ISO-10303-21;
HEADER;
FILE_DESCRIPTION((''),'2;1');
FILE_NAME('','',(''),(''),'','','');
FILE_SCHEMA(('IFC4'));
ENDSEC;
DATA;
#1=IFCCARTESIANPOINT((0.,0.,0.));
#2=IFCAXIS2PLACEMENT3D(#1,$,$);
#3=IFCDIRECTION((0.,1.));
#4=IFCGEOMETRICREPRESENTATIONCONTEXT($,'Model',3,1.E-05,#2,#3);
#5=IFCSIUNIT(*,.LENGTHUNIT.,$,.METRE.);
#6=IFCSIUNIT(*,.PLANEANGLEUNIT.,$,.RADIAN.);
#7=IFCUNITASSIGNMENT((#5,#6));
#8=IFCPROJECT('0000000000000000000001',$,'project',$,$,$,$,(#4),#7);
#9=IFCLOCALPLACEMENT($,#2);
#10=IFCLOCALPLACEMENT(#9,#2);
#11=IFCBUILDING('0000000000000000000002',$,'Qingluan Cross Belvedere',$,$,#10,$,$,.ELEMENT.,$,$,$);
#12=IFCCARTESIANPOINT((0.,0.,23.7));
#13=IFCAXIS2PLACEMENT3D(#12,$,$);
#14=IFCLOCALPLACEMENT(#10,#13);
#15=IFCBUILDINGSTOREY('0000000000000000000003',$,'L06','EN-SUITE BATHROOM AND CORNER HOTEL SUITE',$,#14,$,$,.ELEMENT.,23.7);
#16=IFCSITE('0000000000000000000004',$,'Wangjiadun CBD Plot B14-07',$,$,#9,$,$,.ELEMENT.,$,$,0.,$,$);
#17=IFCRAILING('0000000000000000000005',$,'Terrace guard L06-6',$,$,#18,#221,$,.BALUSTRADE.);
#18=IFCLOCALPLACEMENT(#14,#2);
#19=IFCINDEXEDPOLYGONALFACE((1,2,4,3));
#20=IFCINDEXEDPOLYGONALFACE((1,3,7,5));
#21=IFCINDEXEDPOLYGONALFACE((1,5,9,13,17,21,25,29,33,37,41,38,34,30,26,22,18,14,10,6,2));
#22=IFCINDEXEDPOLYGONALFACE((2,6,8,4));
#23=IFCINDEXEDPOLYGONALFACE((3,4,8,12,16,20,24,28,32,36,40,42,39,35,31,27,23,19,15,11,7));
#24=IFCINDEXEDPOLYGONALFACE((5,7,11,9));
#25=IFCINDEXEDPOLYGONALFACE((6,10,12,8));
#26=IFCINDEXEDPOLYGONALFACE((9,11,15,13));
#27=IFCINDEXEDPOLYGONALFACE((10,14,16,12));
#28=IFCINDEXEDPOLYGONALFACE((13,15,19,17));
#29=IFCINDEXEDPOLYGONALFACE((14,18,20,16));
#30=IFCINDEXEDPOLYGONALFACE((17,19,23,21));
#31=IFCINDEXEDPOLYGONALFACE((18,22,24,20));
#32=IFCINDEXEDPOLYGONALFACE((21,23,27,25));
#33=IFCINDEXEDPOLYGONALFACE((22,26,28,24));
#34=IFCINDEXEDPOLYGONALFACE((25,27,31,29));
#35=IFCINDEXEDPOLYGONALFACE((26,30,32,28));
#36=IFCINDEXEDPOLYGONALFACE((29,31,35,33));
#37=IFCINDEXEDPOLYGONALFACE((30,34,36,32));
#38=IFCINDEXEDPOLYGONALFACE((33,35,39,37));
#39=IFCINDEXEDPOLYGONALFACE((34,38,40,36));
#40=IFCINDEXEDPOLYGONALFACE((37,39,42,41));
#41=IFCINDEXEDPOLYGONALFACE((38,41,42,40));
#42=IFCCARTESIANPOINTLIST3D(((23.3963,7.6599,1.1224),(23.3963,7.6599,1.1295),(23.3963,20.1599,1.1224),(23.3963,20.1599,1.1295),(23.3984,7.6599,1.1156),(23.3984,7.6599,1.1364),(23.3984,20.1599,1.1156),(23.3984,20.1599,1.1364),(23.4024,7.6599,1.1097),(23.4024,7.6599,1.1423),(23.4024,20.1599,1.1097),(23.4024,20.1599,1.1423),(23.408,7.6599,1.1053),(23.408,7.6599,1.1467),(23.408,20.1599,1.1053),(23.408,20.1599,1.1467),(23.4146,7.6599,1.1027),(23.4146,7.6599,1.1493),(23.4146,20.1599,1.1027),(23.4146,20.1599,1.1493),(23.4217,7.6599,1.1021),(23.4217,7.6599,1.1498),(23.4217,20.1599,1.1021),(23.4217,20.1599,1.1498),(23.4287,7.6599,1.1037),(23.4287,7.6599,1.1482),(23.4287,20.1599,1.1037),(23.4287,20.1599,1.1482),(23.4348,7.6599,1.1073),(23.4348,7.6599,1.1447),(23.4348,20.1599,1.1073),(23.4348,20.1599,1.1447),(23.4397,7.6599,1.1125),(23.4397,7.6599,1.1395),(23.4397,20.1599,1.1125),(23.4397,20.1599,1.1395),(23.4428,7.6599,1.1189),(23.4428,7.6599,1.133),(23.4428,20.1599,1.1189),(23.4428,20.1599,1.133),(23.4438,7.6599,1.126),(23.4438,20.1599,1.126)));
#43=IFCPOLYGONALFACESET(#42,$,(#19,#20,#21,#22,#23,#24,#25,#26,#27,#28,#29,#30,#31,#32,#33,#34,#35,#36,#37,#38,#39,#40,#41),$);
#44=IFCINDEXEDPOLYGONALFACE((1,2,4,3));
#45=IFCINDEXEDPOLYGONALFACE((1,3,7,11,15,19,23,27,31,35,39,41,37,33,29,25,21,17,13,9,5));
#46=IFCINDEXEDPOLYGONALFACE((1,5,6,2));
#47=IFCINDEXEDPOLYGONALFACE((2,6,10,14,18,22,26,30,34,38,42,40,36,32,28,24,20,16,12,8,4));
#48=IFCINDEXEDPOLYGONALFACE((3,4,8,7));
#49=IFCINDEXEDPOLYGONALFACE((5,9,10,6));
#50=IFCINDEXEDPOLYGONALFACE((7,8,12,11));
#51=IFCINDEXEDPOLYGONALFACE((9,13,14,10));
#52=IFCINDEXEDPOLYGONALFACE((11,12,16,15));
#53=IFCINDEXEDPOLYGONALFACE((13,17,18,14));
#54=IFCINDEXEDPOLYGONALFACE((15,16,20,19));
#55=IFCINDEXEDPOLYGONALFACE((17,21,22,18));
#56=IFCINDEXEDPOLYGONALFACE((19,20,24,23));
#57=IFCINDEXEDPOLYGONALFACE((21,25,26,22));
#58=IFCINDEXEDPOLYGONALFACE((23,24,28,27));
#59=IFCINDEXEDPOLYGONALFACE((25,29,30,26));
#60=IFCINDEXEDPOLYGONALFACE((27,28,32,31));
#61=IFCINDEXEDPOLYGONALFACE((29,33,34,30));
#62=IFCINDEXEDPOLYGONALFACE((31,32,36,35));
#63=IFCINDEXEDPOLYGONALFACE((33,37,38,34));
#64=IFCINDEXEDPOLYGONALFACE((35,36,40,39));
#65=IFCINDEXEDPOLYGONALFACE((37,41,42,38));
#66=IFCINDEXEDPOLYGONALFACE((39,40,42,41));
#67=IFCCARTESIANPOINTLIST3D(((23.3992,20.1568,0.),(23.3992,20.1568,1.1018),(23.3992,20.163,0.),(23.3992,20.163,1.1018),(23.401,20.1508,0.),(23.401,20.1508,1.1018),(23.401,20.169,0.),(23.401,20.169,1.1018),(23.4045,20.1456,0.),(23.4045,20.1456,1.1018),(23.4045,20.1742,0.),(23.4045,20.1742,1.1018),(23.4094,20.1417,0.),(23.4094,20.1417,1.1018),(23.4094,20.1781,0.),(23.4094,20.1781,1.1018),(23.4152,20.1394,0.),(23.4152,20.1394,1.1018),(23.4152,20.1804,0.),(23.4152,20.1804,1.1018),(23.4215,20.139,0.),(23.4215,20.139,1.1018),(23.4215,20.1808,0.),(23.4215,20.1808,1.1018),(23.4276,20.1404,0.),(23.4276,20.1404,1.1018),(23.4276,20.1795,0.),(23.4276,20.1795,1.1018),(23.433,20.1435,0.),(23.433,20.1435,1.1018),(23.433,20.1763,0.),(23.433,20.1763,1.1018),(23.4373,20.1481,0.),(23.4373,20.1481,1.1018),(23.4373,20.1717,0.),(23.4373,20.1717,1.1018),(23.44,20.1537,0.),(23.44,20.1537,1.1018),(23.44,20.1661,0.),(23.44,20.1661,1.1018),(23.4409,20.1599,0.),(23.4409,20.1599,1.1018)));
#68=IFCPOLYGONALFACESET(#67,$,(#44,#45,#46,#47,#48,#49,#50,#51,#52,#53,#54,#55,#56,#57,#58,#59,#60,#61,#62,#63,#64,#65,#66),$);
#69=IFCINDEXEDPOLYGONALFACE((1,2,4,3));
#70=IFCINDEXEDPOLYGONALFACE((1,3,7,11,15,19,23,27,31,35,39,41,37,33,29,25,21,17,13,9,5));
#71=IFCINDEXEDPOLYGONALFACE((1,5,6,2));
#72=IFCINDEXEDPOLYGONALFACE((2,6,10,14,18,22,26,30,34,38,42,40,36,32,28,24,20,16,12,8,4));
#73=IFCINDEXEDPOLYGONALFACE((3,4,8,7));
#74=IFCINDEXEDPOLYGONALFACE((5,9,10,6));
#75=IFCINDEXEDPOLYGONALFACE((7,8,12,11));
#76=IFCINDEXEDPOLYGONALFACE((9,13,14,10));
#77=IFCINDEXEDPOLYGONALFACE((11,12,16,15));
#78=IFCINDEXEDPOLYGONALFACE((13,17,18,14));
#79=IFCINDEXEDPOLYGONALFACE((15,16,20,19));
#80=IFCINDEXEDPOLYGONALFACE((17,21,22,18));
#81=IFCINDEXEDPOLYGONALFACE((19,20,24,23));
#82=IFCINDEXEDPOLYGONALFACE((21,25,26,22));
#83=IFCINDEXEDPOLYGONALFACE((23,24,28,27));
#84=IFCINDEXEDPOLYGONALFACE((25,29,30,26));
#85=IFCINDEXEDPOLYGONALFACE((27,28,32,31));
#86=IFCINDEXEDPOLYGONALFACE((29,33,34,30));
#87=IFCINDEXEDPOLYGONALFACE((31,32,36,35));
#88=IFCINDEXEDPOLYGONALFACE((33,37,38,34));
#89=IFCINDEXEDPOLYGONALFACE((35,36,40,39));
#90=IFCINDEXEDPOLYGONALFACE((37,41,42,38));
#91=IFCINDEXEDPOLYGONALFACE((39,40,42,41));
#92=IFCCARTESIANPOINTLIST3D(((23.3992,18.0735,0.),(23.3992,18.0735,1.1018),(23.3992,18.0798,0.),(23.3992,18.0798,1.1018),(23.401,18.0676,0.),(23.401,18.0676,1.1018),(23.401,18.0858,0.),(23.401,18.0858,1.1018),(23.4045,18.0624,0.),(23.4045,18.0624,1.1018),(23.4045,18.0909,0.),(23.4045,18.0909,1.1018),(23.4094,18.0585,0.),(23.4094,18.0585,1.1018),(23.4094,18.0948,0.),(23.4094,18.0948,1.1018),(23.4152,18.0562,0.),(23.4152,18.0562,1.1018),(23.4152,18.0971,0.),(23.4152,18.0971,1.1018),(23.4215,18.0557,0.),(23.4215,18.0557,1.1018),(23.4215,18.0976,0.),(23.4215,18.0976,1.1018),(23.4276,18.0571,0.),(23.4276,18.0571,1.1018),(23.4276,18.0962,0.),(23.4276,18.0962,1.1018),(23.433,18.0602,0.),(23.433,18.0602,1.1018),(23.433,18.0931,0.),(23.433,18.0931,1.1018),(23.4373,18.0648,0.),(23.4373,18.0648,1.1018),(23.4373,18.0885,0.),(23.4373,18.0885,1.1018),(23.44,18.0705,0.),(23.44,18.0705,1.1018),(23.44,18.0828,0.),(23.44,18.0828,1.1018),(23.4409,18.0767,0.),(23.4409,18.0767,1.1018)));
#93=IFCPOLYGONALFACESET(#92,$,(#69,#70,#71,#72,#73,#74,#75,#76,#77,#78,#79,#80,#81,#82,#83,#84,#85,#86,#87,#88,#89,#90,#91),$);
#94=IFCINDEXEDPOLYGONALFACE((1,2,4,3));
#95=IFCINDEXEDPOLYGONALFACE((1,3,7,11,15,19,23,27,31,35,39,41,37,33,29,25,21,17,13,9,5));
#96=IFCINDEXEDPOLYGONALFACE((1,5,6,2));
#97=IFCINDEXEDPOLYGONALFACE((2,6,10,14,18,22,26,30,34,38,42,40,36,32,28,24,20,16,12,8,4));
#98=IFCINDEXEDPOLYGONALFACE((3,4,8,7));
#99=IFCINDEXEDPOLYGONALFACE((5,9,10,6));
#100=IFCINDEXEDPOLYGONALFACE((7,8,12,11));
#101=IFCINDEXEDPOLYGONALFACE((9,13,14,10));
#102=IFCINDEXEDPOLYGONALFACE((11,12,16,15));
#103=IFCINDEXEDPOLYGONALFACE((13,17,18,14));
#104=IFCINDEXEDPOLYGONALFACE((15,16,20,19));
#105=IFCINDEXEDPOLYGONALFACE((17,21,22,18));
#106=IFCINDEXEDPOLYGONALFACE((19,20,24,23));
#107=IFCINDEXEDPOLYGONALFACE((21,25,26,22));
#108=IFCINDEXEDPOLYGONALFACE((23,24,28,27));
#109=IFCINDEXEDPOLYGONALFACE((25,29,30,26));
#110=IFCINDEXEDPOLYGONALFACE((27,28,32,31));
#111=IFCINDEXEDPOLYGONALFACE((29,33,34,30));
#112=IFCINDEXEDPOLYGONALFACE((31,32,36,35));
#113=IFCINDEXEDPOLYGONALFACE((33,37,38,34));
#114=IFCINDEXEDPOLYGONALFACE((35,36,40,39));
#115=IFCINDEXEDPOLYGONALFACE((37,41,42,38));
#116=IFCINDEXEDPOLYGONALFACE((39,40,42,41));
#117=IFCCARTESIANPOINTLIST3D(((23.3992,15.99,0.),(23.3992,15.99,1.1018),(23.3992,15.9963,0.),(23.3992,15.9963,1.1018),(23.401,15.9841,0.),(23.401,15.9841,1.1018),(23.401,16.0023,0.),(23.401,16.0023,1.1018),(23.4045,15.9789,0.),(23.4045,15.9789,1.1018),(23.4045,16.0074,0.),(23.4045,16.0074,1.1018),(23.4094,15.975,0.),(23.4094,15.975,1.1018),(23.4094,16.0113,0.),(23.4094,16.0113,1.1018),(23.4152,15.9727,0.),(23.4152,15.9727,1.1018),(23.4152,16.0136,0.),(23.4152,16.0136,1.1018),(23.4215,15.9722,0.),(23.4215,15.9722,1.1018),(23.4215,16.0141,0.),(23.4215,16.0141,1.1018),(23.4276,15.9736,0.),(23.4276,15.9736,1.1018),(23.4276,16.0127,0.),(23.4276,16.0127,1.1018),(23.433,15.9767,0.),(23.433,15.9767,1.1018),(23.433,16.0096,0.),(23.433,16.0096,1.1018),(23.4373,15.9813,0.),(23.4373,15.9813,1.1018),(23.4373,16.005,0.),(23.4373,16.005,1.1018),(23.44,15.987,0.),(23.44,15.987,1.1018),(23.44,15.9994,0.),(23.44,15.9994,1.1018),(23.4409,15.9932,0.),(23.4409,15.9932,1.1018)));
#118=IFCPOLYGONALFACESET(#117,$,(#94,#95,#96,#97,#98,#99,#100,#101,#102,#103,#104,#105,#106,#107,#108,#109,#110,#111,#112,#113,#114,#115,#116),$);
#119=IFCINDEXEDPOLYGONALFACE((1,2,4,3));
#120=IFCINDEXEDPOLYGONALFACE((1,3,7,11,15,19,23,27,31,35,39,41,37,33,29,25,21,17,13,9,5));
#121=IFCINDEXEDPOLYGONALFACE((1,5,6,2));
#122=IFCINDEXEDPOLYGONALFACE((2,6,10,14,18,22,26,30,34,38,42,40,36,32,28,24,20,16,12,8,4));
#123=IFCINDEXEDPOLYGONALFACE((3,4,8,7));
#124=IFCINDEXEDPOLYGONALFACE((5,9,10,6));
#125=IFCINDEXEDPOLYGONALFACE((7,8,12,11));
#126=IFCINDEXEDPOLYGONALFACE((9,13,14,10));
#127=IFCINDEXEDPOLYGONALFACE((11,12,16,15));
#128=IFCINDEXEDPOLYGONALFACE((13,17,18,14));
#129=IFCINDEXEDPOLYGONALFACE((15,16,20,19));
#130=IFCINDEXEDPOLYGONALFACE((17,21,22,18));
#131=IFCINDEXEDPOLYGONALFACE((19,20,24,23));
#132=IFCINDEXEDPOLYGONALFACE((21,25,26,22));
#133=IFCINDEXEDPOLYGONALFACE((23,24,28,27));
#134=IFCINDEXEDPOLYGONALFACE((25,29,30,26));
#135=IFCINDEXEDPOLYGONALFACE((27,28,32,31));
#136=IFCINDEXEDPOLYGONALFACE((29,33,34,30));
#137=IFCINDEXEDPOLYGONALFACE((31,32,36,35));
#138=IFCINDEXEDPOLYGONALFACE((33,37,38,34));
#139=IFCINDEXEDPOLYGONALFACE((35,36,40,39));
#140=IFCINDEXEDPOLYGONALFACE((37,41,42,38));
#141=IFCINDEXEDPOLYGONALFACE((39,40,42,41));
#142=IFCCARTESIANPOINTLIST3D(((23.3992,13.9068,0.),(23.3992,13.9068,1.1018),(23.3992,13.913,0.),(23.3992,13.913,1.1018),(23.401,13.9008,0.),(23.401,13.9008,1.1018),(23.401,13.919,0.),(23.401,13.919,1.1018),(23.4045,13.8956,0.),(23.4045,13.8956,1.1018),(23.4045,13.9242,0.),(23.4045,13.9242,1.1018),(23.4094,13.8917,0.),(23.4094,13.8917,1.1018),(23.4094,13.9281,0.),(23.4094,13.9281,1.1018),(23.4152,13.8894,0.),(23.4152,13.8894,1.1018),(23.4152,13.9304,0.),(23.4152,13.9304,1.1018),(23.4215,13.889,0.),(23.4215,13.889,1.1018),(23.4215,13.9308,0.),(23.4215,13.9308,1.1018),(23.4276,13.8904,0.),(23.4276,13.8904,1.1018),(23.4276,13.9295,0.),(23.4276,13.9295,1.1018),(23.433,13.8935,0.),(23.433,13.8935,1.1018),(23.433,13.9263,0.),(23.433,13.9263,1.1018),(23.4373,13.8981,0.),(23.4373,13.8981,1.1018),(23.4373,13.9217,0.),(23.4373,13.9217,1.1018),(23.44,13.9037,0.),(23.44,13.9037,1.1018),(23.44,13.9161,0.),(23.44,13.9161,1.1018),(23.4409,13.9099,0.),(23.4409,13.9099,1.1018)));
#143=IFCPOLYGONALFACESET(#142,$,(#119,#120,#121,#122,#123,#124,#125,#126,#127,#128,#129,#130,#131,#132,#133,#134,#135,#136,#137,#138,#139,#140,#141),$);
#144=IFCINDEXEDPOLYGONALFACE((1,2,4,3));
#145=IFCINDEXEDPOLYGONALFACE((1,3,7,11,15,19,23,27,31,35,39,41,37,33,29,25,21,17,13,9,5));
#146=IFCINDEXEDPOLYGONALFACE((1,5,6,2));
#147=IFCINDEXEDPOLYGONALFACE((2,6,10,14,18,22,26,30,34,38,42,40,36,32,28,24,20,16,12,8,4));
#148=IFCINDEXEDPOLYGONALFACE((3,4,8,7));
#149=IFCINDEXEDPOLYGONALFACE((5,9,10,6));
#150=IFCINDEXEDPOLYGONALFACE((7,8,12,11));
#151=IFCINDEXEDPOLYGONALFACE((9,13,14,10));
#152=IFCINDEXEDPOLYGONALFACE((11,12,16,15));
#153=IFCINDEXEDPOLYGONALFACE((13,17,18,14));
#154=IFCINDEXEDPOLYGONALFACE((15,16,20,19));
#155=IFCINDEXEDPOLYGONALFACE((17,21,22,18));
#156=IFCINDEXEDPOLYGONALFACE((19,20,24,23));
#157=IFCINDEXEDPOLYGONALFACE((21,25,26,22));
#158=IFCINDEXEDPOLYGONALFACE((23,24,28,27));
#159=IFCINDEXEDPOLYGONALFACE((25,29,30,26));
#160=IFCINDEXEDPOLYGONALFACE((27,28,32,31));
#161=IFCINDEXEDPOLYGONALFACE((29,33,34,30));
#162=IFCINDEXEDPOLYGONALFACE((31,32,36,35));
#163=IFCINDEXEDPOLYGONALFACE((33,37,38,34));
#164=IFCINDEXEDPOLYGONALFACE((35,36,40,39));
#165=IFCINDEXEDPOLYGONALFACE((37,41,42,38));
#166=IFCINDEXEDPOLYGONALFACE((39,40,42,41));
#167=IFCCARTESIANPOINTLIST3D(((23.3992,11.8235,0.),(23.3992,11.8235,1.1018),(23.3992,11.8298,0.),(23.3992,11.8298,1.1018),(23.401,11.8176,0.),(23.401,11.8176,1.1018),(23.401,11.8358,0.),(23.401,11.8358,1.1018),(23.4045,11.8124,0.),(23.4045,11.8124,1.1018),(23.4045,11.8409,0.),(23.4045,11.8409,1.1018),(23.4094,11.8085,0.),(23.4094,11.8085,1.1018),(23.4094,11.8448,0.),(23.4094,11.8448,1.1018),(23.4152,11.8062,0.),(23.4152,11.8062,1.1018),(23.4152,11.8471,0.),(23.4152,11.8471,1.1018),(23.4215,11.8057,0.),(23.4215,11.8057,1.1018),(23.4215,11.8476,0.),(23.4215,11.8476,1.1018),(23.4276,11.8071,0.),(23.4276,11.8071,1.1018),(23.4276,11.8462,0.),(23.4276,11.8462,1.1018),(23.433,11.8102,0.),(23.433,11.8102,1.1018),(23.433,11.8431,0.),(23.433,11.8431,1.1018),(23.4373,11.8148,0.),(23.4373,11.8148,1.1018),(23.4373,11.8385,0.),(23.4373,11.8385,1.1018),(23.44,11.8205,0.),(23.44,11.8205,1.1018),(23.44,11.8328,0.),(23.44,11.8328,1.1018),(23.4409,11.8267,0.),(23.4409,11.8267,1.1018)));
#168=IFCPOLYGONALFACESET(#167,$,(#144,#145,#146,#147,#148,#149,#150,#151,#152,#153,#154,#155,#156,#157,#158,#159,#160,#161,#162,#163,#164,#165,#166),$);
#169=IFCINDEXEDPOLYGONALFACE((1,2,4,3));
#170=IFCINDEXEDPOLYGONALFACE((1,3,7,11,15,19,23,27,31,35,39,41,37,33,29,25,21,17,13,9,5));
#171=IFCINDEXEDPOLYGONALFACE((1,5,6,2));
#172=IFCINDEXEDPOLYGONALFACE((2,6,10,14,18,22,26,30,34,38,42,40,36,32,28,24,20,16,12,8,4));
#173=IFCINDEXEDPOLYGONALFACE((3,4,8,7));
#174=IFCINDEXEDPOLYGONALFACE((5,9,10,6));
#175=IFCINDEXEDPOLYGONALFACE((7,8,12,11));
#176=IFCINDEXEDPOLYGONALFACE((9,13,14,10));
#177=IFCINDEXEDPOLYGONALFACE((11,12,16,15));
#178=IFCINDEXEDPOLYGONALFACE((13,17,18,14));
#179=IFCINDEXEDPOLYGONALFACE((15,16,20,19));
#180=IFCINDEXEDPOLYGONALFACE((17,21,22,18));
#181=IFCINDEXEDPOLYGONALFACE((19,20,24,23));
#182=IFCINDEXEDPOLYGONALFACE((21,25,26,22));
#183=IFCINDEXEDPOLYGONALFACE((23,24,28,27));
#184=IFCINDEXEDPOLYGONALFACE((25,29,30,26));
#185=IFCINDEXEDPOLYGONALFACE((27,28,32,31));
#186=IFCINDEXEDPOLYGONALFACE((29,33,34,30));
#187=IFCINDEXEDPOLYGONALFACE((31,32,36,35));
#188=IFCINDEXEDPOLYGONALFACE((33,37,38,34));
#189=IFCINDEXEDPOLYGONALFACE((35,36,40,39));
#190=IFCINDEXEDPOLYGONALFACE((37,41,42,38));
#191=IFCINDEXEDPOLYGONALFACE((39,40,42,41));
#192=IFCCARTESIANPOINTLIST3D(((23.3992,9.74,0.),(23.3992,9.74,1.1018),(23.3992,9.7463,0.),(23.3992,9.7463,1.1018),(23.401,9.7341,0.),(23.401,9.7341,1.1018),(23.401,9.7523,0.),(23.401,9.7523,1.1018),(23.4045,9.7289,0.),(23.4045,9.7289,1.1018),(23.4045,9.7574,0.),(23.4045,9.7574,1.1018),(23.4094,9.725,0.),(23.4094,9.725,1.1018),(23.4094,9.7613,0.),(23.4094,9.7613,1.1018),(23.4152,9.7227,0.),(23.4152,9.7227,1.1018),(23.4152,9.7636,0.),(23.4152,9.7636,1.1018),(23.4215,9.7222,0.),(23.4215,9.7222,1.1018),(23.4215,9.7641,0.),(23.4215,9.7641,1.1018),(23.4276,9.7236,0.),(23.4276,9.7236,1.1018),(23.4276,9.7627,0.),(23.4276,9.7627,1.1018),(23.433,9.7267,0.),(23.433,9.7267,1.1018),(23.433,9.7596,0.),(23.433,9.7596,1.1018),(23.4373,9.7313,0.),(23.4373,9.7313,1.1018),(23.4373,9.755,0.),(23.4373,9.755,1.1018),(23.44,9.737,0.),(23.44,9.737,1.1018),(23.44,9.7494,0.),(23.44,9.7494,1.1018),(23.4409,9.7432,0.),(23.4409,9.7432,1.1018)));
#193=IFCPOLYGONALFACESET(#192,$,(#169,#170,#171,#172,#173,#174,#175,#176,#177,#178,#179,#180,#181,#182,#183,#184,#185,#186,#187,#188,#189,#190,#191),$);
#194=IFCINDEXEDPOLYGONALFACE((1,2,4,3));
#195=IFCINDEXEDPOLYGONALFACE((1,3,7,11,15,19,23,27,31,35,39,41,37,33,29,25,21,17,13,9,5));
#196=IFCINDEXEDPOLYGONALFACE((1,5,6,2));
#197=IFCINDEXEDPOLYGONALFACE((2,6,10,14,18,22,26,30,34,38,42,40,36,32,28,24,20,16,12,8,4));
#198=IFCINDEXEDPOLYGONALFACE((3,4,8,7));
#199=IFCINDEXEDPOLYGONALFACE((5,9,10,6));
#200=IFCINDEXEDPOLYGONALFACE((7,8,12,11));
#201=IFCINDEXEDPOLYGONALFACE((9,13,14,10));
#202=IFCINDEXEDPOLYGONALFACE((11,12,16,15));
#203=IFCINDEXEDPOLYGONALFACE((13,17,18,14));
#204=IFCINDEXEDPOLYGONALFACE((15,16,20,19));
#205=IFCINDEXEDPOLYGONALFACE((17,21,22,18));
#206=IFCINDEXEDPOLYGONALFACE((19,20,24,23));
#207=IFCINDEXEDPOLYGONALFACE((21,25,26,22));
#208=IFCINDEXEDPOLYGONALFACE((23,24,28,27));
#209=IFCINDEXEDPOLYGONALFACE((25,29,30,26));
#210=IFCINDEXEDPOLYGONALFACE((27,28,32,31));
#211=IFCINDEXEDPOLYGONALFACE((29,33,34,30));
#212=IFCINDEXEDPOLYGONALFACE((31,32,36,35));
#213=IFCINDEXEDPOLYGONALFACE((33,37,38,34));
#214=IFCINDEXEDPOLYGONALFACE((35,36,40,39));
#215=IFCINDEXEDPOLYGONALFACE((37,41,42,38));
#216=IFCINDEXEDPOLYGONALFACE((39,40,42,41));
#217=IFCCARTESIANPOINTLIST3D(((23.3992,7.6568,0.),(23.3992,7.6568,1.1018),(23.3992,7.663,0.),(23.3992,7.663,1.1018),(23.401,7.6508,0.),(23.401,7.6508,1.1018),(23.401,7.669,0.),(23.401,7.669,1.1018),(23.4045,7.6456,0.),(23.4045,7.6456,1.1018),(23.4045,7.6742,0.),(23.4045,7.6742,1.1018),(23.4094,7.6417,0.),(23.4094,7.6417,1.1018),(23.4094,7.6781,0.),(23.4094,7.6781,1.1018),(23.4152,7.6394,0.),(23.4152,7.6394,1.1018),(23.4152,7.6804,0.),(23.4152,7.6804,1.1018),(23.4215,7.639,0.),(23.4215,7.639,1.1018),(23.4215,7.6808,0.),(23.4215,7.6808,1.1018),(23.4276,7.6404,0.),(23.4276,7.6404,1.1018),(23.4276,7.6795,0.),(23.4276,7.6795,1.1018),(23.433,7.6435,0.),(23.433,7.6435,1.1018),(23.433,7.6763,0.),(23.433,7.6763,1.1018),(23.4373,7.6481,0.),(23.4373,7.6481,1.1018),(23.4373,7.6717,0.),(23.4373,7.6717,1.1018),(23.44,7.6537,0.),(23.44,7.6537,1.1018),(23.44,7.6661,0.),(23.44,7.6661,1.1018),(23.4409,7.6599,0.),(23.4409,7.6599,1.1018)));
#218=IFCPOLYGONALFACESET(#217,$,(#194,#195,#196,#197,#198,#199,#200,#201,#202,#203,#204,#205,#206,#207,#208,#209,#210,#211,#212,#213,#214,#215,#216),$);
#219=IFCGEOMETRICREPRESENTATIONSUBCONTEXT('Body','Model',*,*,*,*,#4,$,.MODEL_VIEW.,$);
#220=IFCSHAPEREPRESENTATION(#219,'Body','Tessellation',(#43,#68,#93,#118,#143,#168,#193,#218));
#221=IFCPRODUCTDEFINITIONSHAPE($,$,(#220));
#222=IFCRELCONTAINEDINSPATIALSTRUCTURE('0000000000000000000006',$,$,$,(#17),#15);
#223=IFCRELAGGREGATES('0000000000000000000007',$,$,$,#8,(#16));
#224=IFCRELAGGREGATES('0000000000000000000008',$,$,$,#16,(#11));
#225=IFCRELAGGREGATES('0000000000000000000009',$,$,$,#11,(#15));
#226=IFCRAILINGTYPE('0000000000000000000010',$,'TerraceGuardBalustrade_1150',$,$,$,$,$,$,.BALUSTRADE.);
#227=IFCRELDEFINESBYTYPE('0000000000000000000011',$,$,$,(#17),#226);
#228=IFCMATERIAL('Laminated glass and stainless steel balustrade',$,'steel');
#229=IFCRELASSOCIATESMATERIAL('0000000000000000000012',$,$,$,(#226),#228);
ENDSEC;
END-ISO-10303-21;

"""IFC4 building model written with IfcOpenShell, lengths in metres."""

from ifc_helpers import new_model, si_unit, direction, frame, origin, origin_2d, place, context, subcontext, project, spatial, circle, extrude, material, type_object, element, save


model = new_model("IFC4")

# Units and contexts
model_context = context("Model", 3, precision=1e-05, world=origin(), true_north=direction((0.0, 1.0)))
body_context = subcontext(model_context, "Body", "Model", "MODEL_VIEW")
ifc_project = project(units=[si_unit("LENGTHUNIT", "METRE"), si_unit("PLANEANGLEUNIT", "RADIAN")], contexts=[model_context])

# Site, building, storey
site_placement = place(None, origin())
site = spatial("IfcSite", under=ifc_project, at=site_placement, Name="Wangjiadun CBD Plot B14-07", CompositionType="ELEMENT", RefElevation=0.0)
building_placement = place(site_placement, origin())
building = spatial("IfcBuilding", under=site, at=building_placement, Name="Qingluan Cross Belvedere", CompositionType="ELEMENT")
storey_placement = place(building_placement, frame((0.0, 0.0, 23.7)))
storey = spatial("IfcBuildingStorey", under=building, at=storey_placement, Name="L06", Description="EN-SUITE BATHROOM AND CORNER HOTEL SUITE", CompositionType="ELEMENT", Elevation=23.7)

# Railing
ifc_material_1 = material(Name="Laminated glass and stainless steel balustrade", Category="steel")
railing_type = type_object("IfcRailingType", Name="TerraceGuardBalustrade_1150", PredefinedType="BALUSTRADE", material=ifc_material_1)
railing_1_placement = place(storey_placement, frame((23.4199, 20.1599, 0.0)))
element("IfcRailing", 1, at=railing_1_placement, inside=storey, type_object=railing_type, Name="Terrace guard L06-6", PredefinedType="BALUSTRADE", context=body_context, shape_type="SweptSolid", body=[
    extrude(circle(Radius=0.0239, at=origin_2d()), frame((0.0, 0.0, 1.126), z_axis=(0.0, -1.0, 0.0), x_axis=(1.0, 0.0, 0.0)), (0.0, 0.0, 1.0), 12.5),
    extrude(circle(Radius=0.021, at=origin_2d()), origin(), (0.0, 0.0, 1.0), 1.1018),
    extrude(circle(Radius=0.021, at=origin_2d()), frame((0.0, -2.0833, 0.0)), (0.0, 0.0, 1.0), 1.1018),
    extrude(circle(Radius=0.021, at=origin_2d()), frame((0.0, -4.1667, 0.0)), (0.0, 0.0, 1.0), 1.1018),
    extrude(circle(Radius=0.021, at=origin_2d()), frame((0.0, -6.25, 0.0)), (0.0, 0.0, 1.0), 1.1018),
    extrude(circle(Radius=0.021, at=origin_2d()), frame((0.0, -8.3333, 0.0)), (0.0, 0.0, 1.0), 1.1018),
    extrude(circle(Radius=0.021, at=origin_2d()), frame((0.0, -10.4167, 0.0)), (0.0, 0.0, 1.0), 1.1018),
    extrude(circle(Radius=0.021, at=origin_2d()), frame((0.0, -12.5, 0.0)), (0.0, 0.0, 1.0), 1.1018),
])

save(model, "model.ifc")
